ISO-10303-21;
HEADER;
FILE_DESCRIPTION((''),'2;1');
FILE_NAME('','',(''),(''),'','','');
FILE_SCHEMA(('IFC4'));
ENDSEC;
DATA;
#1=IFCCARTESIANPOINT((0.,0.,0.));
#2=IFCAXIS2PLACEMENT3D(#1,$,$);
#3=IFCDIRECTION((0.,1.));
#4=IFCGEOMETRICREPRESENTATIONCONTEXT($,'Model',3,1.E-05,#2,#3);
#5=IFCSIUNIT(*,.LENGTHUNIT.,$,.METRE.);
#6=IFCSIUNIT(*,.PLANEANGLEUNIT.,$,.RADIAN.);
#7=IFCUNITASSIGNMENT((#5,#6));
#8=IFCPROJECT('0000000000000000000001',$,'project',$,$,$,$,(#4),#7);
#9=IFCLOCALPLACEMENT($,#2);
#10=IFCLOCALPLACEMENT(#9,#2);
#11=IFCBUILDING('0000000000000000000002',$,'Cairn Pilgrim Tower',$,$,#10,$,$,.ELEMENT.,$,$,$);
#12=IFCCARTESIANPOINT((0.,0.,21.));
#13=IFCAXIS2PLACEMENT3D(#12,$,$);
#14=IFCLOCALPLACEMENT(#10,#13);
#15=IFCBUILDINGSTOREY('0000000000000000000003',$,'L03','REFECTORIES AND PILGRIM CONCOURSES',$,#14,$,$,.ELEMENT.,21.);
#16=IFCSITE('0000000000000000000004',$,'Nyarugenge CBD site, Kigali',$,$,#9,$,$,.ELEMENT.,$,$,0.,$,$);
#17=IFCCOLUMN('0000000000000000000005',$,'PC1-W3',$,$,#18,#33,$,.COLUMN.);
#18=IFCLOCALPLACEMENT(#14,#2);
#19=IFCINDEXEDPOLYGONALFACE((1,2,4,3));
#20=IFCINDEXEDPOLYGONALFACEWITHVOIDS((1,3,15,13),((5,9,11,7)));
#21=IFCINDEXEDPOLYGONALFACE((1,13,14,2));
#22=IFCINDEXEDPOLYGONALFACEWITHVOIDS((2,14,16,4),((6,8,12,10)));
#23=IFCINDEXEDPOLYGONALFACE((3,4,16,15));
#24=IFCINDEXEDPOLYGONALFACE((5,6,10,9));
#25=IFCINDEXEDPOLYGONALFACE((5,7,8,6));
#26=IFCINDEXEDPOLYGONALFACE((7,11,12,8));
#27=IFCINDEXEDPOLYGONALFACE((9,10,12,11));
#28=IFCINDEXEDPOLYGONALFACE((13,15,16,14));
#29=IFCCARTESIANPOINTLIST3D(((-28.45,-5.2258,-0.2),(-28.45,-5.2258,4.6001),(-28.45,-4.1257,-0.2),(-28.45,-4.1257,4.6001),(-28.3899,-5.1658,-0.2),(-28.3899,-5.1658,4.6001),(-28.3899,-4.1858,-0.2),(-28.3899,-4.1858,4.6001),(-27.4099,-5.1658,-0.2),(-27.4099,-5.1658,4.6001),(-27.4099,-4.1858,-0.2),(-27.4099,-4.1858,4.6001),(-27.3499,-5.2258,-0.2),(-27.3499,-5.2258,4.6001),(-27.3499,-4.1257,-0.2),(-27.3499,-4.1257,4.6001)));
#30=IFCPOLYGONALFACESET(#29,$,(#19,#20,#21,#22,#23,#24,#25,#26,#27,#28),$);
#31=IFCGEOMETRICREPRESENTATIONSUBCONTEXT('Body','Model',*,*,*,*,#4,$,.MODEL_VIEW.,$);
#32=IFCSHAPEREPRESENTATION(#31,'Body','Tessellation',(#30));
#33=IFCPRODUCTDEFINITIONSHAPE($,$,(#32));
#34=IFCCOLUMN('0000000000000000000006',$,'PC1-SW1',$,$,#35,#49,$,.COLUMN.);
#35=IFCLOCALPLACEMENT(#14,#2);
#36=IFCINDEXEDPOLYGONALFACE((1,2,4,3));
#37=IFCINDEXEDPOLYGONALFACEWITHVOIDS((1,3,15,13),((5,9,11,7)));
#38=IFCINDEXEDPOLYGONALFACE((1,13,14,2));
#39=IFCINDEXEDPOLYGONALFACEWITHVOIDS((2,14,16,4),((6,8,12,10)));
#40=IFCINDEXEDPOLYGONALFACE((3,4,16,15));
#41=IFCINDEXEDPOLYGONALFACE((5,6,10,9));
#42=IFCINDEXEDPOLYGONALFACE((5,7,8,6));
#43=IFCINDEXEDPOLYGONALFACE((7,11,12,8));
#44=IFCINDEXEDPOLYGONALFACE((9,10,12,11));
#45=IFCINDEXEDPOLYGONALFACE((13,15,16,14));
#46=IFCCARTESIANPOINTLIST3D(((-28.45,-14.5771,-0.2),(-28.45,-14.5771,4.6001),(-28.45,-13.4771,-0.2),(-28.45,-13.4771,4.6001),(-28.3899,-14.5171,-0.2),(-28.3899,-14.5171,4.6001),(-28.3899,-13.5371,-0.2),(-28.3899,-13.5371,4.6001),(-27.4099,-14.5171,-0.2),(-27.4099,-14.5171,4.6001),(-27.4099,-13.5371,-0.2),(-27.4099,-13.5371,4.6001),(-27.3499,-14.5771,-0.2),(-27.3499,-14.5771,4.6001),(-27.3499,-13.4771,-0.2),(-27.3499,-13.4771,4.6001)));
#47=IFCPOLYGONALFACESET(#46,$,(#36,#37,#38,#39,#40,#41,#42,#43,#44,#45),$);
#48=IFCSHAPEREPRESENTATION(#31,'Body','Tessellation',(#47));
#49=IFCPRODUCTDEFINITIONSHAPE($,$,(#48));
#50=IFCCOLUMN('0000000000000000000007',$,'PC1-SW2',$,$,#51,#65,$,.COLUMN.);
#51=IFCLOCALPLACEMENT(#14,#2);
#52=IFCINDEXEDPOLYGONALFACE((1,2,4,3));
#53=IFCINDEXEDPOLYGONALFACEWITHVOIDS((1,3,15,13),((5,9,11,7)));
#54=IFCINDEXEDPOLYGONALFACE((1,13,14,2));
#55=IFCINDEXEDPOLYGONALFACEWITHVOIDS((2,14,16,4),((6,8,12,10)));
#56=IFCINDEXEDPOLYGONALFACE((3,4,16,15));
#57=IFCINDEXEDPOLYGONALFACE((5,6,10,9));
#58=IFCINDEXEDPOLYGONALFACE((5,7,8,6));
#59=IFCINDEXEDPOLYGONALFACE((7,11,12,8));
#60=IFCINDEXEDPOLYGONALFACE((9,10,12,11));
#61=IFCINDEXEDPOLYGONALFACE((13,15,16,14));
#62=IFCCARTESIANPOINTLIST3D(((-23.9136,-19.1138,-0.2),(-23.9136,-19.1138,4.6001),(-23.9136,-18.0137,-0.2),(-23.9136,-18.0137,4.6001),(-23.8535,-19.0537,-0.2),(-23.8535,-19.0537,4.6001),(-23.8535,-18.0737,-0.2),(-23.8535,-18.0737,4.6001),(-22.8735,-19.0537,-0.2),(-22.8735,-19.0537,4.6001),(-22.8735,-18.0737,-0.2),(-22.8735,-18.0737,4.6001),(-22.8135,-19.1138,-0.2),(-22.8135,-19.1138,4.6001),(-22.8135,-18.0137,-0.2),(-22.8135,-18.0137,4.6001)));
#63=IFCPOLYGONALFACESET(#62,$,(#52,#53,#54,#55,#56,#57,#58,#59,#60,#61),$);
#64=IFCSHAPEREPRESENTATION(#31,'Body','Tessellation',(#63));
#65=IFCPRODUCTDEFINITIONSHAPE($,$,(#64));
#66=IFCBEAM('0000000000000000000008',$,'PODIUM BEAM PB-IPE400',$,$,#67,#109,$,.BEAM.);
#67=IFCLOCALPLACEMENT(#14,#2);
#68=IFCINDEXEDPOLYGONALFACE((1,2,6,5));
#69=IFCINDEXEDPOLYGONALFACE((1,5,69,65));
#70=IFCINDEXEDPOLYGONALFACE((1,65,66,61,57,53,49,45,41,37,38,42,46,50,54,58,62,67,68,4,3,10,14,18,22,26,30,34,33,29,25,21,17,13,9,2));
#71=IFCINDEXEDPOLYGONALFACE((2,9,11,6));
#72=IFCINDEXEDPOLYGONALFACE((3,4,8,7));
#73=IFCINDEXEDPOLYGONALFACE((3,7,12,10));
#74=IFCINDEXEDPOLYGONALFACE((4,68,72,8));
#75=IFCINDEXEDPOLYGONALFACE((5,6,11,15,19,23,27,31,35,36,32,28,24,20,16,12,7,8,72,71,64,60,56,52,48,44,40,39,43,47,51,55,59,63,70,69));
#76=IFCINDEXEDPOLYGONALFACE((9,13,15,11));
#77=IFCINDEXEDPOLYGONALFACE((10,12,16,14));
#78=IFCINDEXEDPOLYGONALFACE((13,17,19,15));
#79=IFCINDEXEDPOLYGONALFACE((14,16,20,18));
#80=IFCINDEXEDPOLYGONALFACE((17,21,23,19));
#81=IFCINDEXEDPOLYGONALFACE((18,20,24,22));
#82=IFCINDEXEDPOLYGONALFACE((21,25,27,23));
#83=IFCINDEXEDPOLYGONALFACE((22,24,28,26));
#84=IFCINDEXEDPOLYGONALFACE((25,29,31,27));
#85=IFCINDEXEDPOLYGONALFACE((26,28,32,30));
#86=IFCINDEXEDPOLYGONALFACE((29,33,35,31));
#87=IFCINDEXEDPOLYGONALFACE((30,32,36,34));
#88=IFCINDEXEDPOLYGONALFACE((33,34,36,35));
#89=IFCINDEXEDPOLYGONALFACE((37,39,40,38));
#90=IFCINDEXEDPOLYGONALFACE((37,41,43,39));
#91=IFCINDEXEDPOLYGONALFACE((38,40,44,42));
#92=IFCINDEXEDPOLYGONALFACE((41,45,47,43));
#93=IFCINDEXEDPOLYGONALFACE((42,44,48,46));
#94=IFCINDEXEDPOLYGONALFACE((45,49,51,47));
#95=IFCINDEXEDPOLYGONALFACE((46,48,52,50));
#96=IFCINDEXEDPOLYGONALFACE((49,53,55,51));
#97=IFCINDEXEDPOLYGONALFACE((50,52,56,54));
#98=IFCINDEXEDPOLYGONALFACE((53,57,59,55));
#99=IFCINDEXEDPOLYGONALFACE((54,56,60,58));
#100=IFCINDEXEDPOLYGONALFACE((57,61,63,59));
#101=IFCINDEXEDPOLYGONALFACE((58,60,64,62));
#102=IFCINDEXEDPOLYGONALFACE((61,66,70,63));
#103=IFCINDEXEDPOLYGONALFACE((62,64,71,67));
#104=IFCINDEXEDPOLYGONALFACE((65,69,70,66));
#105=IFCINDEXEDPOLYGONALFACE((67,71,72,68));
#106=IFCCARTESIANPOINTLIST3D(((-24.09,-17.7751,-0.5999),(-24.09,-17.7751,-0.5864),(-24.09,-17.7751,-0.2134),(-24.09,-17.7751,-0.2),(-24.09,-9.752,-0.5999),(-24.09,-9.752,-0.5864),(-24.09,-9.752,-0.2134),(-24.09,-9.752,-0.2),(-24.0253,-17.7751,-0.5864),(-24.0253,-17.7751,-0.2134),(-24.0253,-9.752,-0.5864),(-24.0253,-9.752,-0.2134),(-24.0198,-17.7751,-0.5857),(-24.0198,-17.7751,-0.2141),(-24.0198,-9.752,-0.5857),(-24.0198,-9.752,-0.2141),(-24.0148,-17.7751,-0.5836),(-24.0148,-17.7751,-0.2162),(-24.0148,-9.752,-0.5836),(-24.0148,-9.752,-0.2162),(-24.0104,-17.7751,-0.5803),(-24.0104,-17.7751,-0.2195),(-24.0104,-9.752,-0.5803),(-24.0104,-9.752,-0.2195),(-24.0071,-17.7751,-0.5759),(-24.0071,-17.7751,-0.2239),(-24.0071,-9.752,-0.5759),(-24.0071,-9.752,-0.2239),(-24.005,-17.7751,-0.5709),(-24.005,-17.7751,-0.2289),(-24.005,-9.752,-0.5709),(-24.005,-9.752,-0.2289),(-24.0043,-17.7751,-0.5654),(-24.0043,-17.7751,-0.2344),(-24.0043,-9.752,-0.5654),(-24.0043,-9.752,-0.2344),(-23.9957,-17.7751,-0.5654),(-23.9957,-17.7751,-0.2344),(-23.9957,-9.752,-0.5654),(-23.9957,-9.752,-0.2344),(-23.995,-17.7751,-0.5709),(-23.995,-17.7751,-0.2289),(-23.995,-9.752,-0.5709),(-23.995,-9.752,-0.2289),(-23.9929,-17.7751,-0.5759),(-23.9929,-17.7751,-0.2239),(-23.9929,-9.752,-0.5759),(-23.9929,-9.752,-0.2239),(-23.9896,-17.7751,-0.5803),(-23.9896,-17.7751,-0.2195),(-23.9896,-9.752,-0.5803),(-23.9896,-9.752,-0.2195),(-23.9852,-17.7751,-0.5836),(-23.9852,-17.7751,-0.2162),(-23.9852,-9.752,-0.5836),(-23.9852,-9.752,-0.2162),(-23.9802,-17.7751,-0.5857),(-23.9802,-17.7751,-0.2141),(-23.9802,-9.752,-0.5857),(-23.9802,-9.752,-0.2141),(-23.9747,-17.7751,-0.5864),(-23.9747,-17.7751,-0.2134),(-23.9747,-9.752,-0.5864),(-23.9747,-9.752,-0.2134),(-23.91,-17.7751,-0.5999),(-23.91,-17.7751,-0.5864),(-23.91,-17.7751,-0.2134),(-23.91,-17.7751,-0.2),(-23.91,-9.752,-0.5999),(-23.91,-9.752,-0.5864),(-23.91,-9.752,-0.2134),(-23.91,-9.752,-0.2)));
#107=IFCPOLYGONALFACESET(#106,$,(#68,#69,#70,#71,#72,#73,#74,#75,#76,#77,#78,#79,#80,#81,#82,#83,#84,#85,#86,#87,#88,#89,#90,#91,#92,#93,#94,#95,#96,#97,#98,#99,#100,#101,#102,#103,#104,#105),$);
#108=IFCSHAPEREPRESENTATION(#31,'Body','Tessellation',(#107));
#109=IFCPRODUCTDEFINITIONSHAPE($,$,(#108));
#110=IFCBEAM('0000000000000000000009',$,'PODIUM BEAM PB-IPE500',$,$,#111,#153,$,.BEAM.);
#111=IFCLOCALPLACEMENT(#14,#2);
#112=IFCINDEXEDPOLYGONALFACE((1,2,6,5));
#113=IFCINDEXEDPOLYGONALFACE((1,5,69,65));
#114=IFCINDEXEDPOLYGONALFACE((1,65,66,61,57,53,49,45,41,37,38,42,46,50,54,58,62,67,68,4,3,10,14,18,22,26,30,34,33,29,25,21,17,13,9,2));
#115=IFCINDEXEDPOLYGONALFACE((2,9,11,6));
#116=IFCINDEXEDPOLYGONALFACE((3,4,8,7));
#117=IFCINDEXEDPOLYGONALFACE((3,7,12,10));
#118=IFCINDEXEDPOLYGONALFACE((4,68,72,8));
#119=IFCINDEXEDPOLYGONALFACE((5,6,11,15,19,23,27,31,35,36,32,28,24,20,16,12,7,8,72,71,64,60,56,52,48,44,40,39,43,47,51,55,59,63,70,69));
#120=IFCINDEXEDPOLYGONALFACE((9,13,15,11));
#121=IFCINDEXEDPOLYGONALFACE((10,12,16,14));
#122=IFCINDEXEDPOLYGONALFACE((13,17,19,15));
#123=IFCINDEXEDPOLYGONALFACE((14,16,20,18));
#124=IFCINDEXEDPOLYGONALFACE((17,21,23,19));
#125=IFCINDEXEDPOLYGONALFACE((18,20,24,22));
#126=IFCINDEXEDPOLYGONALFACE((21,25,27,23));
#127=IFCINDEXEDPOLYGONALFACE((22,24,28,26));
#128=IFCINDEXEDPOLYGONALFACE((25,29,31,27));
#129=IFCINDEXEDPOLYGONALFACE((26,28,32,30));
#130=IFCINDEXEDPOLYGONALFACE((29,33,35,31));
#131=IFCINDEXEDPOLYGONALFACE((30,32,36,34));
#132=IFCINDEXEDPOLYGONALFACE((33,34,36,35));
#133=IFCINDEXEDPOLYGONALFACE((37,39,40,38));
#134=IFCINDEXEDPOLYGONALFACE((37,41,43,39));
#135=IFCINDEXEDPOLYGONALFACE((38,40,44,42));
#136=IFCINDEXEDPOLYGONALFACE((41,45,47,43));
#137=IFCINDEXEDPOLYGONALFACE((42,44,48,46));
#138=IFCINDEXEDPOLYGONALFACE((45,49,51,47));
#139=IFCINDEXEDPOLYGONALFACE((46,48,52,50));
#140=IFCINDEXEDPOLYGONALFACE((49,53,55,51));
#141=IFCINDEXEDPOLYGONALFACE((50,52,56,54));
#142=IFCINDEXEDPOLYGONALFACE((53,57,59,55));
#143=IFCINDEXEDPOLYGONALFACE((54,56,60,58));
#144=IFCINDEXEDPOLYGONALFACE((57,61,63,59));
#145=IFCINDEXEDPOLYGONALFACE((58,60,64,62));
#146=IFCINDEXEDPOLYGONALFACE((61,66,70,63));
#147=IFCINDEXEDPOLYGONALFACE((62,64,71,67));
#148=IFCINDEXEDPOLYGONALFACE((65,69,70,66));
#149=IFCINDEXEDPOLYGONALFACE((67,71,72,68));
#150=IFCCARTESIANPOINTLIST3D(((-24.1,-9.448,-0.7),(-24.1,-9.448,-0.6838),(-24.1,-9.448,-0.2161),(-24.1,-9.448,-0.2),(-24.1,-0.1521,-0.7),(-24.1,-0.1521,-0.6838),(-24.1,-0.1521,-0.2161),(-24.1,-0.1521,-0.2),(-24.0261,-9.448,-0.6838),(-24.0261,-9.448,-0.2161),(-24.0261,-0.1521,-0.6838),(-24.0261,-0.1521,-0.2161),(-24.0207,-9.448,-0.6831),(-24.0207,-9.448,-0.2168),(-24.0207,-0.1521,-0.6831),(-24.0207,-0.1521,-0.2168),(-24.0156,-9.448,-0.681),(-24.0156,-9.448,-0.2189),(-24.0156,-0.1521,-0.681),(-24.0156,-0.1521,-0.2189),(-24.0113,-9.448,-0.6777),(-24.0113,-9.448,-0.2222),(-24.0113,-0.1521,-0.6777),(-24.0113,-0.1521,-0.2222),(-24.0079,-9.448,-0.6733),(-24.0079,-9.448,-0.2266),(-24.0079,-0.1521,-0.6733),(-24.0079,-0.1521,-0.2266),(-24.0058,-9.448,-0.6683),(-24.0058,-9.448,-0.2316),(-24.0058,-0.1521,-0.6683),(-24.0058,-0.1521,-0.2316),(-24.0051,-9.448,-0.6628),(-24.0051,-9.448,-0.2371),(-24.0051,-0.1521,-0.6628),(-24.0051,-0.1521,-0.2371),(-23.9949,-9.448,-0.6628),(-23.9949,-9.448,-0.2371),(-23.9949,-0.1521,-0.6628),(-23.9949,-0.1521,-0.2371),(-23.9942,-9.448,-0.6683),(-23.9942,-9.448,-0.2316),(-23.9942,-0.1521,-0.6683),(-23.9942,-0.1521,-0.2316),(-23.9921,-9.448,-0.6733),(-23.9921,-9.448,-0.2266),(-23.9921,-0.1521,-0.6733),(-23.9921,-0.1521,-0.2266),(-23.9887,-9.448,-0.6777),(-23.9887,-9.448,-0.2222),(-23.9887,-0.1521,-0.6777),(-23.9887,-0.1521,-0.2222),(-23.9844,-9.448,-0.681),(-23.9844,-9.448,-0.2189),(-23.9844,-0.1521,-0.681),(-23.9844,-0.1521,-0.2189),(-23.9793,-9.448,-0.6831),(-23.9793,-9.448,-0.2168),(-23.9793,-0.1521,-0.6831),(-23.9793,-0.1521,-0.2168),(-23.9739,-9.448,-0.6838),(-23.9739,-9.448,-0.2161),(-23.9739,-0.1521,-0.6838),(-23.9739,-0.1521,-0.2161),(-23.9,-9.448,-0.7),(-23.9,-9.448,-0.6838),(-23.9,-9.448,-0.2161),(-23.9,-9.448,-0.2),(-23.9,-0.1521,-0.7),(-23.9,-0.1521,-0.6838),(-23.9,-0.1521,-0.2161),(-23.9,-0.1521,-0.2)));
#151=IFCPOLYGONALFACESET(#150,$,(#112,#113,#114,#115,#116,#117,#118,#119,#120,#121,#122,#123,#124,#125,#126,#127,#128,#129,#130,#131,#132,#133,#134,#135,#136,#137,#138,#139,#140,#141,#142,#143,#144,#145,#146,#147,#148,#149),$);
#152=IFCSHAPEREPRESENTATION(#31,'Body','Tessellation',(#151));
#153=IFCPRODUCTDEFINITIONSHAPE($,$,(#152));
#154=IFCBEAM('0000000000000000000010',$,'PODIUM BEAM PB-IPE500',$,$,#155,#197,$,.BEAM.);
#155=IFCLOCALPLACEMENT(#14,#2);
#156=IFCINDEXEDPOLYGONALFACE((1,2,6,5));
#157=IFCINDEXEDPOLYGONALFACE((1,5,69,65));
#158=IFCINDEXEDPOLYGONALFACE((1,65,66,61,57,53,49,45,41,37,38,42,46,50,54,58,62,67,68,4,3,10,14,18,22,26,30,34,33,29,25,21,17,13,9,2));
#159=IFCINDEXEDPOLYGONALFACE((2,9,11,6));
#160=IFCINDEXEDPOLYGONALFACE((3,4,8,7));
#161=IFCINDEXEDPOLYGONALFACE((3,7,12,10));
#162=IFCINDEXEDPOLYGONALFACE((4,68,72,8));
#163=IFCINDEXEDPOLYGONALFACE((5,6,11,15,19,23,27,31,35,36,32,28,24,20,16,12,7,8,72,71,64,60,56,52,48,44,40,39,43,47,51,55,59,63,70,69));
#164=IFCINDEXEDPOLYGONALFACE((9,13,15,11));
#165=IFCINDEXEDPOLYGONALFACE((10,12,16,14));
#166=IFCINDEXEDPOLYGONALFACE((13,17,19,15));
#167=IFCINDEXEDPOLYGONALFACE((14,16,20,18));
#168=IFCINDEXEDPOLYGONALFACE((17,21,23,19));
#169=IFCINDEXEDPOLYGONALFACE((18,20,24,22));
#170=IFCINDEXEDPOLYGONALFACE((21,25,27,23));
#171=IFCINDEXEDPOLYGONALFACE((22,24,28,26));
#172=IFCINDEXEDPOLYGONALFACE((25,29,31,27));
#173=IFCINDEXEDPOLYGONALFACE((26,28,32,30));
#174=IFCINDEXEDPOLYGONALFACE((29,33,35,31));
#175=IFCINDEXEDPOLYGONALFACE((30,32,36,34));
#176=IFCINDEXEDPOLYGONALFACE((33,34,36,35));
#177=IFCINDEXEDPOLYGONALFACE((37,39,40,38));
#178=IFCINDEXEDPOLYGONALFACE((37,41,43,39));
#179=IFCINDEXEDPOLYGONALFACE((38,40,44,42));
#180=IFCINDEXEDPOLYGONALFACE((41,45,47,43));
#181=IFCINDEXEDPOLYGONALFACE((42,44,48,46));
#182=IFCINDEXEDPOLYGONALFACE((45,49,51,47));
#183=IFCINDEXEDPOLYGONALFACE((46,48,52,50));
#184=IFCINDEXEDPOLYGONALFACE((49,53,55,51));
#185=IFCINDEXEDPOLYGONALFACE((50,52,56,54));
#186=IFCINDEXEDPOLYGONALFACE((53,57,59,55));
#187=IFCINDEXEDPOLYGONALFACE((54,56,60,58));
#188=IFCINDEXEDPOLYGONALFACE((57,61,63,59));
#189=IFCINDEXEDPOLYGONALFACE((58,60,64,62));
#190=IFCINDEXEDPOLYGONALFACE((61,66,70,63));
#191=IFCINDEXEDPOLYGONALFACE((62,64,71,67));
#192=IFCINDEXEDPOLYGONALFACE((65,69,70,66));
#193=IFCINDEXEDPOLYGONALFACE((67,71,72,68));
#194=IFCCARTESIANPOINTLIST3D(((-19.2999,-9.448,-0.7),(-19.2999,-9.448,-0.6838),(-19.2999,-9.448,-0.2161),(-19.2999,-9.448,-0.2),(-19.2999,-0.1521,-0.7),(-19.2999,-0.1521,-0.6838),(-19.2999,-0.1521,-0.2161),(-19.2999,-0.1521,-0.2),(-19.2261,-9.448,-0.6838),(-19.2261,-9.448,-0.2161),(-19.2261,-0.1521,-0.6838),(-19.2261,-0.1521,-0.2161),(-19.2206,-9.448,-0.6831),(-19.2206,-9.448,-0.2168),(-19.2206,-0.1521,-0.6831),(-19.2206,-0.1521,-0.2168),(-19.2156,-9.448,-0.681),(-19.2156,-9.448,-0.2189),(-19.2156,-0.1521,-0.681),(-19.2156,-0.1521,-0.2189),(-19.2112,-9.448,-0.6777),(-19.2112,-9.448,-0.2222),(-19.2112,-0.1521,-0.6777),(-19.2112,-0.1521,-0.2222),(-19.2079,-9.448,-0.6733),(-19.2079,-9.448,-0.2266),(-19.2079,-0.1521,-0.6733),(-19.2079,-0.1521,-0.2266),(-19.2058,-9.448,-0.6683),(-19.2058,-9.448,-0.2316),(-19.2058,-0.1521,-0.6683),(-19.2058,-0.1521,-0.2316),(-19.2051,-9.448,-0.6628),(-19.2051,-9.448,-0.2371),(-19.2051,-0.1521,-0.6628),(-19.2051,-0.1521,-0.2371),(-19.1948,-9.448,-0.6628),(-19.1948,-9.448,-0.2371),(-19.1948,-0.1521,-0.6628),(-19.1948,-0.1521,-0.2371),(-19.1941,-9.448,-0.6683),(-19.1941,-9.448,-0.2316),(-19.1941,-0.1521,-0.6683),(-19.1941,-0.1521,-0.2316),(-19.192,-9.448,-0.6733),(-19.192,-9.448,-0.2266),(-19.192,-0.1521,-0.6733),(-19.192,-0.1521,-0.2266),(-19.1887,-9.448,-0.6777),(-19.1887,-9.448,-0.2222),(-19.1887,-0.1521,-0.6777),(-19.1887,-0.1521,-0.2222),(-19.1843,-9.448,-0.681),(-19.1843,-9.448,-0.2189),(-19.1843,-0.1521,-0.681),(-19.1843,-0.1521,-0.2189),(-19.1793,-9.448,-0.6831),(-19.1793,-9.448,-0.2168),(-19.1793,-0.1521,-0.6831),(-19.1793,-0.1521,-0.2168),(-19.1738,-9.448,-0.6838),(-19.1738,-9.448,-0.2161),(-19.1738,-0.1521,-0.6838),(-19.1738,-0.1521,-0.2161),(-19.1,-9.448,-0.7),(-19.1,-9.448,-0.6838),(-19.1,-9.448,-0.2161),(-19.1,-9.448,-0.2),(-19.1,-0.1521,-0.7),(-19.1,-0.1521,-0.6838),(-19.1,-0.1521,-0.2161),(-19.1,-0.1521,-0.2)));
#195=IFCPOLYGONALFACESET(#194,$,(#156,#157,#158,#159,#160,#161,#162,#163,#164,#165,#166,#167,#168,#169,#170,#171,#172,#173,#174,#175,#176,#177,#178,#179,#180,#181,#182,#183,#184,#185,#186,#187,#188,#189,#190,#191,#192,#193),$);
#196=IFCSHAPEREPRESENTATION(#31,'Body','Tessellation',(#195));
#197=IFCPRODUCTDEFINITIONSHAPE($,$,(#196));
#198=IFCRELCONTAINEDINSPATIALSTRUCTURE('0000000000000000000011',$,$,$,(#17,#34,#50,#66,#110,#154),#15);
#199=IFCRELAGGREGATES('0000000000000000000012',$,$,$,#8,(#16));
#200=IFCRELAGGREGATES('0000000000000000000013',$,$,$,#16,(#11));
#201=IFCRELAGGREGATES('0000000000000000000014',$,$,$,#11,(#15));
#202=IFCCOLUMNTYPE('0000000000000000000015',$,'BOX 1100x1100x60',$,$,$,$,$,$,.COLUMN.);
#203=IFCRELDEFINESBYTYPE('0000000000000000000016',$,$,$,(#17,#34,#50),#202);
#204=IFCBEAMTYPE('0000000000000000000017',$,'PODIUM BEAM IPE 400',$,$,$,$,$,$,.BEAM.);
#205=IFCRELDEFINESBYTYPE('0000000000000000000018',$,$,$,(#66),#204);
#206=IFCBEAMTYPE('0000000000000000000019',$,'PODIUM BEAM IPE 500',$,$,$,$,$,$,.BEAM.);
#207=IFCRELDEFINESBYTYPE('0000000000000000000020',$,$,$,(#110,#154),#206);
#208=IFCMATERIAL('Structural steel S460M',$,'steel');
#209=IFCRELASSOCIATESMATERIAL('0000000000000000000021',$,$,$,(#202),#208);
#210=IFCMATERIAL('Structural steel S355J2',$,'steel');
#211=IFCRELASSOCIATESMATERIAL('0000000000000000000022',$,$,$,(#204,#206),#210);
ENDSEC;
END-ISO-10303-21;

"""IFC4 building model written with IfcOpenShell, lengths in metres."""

from ifc_helpers import new_model, si_unit, direction, frame, origin, origin_2d, place, context, subcontext, project, spatial, hollow_rectangle, i_section, extrude, material, material_profile, profile_set, type_object, element, save


model = new_model("IFC4")

# Units and contexts
model_context = context("Model", 3, precision=1e-05, world=origin(), true_north=direction((0.0, 1.0)))
body_context = subcontext(model_context, "Body", "Model", "MODEL_VIEW")
ifc_project = project(units=[si_unit("LENGTHUNIT", "METRE"), si_unit("PLANEANGLEUNIT", "RADIAN")], contexts=[model_context])

# Site, building, storey
site_placement = place(None, origin())
site = spatial("IfcSite", under=ifc_project, at=site_placement, Name="Nyarugenge CBD site, Kigali", CompositionType="ELEMENT", RefElevation=0.0)
building_placement = place(site_placement, origin())
building = spatial("IfcBuilding", under=site, at=building_placement, Name="Cairn Pilgrim Tower", CompositionType="ELEMENT")
storey_placement = place(building_placement, frame((0.0, 0.0, 21.0)))
storey = spatial("IfcBuildingStorey", under=building, at=storey_placement, Name="L03", Description="REFECTORIES AND PILGRIM CONCOURSES", CompositionType="ELEMENT", Elevation=21.0)

# Columns
ifc_material_1 = material(Name="Structural steel S460M", Category="steel")
ifc_material_profile_1 = material_profile(ifc_material_1, hollow_rectangle(XDim=1.1001, YDim=1.1001, WallThickness=0.0601, at=origin_2d()), Name="BOX 1100x1100x60")
ifc_profile_set_1 = profile_set([ifc_material_profile_1], Name="Structural steel S460M")
column_type = type_object("IfcColumnType", Name="BOX 1100x1100x60", PredefinedType="COLUMN", material=ifc_profile_set_1)
for number, where, z_axis, x_axis, name in (
    (1, (-27.8999, -4.6758, -0.2), (0.0, 0.0, 1.0), (1.0, 0.0, 0.0), "PC1-W3"),
    (2, (-27.8999, -14.0271, -0.2), (0.0, 0.0, 1.0), (1.0, 0.0, 0.0), "PC1-SW1"),
    (3, (-23.3635, -18.5637, -0.2), (0.0, 0.0, 1.0), (1.0, 0.0, 0.0), "PC1-SW2"),
):
    element("IfcColumn", number, at=place(storey_placement, frame(where, z_axis=z_axis, x_axis=x_axis)), inside=storey, type_object=column_type, Name=name, PredefinedType="COLUMN", context=body_context, shape_type="SweptSolid", body=[
        extrude(hollow_rectangle(XDim=1.1001, YDim=1.1001, WallThickness=0.0601, at=origin_2d()), origin(), (0.0, 0.0, 1.0), 4.8),
    ])

# Beams
ifc_material_2 = material(Name="Structural steel S355J2", Category="steel")
ifc_material_profile_2 = material_profile(ifc_material_2, i_section(OverallWidth=0.1799, OverallDepth=0.3999, WebThickness=0.0085, FlangeThickness=0.0134, FilletRadius=0.021, at=origin_2d()), Name="IPE 400")
ifc_profile_set_2 = profile_set([ifc_material_profile_2], Name="Structural steel S355J2")
beam_type_1 = type_object("IfcBeamType", Name="PODIUM BEAM IPE 400", PredefinedType="BEAM", material=ifc_profile_set_2)
beam_1_placement = place(storey_placement, frame((-24.0, -17.7751, -0.3999), z_axis=(0.0, 1.0, 0.0), x_axis=(-1.0, 0.0, 0.0)))
element("IfcBeam", 4, at=beam_1_placement, inside=storey, type_object=beam_type_1, Name="PODIUM BEAM PB-IPE400", PredefinedType="BEAM", context=body_context, shape_type="SweptSolid", body=[
    extrude(i_section(OverallWidth=0.1799, OverallDepth=0.3999, WebThickness=0.0085, FlangeThickness=0.0134, FilletRadius=0.021, at=origin_2d()), origin(), (0.0, 0.0, 1.0), 8.0232),
])
ifc_material_profile_3 = material_profile(ifc_material_2, i_section(OverallWidth=0.2, OverallDepth=0.5, WebThickness=0.0103, FlangeThickness=0.0161, FilletRadius=0.021, at=origin_2d()), Name="IPE 500")
ifc_profile_set_3 = profile_set([ifc_material_profile_3], Name="Structural steel S355J2")
beam_type_2 = type_object("IfcBeamType", Name="PODIUM BEAM IPE 500", PredefinedType="BEAM", material=ifc_profile_set_3)
for number, where, z_axis, x_axis, name in (
    (5, (-24.0, -9.448, -0.45), (0.0, 1.0, 0.0), (-1.0, 0.0, 0.0), "PODIUM BEAM PB-IPE500"),
    (6, (-19.2, -9.448, -0.45), (0.0, 1.0, 0.0), (-1.0, 0.0, 0.0), "PODIUM BEAM PB-IPE500"),
):
    element("IfcBeam", number, at=place(storey_placement, frame(where, z_axis=z_axis, x_axis=x_axis)), inside=storey, type_object=beam_type_2, Name=name, PredefinedType="BEAM", context=body_context, shape_type="SweptSolid", body=[
        extrude(i_section(OverallWidth=0.2, OverallDepth=0.5, WebThickness=0.0103, FlangeThickness=0.0161, FilletRadius=0.021, at=origin_2d()), origin(), (0.0, 0.0, 1.0), 9.2959),
    ])

save(model, "model.ifc")
